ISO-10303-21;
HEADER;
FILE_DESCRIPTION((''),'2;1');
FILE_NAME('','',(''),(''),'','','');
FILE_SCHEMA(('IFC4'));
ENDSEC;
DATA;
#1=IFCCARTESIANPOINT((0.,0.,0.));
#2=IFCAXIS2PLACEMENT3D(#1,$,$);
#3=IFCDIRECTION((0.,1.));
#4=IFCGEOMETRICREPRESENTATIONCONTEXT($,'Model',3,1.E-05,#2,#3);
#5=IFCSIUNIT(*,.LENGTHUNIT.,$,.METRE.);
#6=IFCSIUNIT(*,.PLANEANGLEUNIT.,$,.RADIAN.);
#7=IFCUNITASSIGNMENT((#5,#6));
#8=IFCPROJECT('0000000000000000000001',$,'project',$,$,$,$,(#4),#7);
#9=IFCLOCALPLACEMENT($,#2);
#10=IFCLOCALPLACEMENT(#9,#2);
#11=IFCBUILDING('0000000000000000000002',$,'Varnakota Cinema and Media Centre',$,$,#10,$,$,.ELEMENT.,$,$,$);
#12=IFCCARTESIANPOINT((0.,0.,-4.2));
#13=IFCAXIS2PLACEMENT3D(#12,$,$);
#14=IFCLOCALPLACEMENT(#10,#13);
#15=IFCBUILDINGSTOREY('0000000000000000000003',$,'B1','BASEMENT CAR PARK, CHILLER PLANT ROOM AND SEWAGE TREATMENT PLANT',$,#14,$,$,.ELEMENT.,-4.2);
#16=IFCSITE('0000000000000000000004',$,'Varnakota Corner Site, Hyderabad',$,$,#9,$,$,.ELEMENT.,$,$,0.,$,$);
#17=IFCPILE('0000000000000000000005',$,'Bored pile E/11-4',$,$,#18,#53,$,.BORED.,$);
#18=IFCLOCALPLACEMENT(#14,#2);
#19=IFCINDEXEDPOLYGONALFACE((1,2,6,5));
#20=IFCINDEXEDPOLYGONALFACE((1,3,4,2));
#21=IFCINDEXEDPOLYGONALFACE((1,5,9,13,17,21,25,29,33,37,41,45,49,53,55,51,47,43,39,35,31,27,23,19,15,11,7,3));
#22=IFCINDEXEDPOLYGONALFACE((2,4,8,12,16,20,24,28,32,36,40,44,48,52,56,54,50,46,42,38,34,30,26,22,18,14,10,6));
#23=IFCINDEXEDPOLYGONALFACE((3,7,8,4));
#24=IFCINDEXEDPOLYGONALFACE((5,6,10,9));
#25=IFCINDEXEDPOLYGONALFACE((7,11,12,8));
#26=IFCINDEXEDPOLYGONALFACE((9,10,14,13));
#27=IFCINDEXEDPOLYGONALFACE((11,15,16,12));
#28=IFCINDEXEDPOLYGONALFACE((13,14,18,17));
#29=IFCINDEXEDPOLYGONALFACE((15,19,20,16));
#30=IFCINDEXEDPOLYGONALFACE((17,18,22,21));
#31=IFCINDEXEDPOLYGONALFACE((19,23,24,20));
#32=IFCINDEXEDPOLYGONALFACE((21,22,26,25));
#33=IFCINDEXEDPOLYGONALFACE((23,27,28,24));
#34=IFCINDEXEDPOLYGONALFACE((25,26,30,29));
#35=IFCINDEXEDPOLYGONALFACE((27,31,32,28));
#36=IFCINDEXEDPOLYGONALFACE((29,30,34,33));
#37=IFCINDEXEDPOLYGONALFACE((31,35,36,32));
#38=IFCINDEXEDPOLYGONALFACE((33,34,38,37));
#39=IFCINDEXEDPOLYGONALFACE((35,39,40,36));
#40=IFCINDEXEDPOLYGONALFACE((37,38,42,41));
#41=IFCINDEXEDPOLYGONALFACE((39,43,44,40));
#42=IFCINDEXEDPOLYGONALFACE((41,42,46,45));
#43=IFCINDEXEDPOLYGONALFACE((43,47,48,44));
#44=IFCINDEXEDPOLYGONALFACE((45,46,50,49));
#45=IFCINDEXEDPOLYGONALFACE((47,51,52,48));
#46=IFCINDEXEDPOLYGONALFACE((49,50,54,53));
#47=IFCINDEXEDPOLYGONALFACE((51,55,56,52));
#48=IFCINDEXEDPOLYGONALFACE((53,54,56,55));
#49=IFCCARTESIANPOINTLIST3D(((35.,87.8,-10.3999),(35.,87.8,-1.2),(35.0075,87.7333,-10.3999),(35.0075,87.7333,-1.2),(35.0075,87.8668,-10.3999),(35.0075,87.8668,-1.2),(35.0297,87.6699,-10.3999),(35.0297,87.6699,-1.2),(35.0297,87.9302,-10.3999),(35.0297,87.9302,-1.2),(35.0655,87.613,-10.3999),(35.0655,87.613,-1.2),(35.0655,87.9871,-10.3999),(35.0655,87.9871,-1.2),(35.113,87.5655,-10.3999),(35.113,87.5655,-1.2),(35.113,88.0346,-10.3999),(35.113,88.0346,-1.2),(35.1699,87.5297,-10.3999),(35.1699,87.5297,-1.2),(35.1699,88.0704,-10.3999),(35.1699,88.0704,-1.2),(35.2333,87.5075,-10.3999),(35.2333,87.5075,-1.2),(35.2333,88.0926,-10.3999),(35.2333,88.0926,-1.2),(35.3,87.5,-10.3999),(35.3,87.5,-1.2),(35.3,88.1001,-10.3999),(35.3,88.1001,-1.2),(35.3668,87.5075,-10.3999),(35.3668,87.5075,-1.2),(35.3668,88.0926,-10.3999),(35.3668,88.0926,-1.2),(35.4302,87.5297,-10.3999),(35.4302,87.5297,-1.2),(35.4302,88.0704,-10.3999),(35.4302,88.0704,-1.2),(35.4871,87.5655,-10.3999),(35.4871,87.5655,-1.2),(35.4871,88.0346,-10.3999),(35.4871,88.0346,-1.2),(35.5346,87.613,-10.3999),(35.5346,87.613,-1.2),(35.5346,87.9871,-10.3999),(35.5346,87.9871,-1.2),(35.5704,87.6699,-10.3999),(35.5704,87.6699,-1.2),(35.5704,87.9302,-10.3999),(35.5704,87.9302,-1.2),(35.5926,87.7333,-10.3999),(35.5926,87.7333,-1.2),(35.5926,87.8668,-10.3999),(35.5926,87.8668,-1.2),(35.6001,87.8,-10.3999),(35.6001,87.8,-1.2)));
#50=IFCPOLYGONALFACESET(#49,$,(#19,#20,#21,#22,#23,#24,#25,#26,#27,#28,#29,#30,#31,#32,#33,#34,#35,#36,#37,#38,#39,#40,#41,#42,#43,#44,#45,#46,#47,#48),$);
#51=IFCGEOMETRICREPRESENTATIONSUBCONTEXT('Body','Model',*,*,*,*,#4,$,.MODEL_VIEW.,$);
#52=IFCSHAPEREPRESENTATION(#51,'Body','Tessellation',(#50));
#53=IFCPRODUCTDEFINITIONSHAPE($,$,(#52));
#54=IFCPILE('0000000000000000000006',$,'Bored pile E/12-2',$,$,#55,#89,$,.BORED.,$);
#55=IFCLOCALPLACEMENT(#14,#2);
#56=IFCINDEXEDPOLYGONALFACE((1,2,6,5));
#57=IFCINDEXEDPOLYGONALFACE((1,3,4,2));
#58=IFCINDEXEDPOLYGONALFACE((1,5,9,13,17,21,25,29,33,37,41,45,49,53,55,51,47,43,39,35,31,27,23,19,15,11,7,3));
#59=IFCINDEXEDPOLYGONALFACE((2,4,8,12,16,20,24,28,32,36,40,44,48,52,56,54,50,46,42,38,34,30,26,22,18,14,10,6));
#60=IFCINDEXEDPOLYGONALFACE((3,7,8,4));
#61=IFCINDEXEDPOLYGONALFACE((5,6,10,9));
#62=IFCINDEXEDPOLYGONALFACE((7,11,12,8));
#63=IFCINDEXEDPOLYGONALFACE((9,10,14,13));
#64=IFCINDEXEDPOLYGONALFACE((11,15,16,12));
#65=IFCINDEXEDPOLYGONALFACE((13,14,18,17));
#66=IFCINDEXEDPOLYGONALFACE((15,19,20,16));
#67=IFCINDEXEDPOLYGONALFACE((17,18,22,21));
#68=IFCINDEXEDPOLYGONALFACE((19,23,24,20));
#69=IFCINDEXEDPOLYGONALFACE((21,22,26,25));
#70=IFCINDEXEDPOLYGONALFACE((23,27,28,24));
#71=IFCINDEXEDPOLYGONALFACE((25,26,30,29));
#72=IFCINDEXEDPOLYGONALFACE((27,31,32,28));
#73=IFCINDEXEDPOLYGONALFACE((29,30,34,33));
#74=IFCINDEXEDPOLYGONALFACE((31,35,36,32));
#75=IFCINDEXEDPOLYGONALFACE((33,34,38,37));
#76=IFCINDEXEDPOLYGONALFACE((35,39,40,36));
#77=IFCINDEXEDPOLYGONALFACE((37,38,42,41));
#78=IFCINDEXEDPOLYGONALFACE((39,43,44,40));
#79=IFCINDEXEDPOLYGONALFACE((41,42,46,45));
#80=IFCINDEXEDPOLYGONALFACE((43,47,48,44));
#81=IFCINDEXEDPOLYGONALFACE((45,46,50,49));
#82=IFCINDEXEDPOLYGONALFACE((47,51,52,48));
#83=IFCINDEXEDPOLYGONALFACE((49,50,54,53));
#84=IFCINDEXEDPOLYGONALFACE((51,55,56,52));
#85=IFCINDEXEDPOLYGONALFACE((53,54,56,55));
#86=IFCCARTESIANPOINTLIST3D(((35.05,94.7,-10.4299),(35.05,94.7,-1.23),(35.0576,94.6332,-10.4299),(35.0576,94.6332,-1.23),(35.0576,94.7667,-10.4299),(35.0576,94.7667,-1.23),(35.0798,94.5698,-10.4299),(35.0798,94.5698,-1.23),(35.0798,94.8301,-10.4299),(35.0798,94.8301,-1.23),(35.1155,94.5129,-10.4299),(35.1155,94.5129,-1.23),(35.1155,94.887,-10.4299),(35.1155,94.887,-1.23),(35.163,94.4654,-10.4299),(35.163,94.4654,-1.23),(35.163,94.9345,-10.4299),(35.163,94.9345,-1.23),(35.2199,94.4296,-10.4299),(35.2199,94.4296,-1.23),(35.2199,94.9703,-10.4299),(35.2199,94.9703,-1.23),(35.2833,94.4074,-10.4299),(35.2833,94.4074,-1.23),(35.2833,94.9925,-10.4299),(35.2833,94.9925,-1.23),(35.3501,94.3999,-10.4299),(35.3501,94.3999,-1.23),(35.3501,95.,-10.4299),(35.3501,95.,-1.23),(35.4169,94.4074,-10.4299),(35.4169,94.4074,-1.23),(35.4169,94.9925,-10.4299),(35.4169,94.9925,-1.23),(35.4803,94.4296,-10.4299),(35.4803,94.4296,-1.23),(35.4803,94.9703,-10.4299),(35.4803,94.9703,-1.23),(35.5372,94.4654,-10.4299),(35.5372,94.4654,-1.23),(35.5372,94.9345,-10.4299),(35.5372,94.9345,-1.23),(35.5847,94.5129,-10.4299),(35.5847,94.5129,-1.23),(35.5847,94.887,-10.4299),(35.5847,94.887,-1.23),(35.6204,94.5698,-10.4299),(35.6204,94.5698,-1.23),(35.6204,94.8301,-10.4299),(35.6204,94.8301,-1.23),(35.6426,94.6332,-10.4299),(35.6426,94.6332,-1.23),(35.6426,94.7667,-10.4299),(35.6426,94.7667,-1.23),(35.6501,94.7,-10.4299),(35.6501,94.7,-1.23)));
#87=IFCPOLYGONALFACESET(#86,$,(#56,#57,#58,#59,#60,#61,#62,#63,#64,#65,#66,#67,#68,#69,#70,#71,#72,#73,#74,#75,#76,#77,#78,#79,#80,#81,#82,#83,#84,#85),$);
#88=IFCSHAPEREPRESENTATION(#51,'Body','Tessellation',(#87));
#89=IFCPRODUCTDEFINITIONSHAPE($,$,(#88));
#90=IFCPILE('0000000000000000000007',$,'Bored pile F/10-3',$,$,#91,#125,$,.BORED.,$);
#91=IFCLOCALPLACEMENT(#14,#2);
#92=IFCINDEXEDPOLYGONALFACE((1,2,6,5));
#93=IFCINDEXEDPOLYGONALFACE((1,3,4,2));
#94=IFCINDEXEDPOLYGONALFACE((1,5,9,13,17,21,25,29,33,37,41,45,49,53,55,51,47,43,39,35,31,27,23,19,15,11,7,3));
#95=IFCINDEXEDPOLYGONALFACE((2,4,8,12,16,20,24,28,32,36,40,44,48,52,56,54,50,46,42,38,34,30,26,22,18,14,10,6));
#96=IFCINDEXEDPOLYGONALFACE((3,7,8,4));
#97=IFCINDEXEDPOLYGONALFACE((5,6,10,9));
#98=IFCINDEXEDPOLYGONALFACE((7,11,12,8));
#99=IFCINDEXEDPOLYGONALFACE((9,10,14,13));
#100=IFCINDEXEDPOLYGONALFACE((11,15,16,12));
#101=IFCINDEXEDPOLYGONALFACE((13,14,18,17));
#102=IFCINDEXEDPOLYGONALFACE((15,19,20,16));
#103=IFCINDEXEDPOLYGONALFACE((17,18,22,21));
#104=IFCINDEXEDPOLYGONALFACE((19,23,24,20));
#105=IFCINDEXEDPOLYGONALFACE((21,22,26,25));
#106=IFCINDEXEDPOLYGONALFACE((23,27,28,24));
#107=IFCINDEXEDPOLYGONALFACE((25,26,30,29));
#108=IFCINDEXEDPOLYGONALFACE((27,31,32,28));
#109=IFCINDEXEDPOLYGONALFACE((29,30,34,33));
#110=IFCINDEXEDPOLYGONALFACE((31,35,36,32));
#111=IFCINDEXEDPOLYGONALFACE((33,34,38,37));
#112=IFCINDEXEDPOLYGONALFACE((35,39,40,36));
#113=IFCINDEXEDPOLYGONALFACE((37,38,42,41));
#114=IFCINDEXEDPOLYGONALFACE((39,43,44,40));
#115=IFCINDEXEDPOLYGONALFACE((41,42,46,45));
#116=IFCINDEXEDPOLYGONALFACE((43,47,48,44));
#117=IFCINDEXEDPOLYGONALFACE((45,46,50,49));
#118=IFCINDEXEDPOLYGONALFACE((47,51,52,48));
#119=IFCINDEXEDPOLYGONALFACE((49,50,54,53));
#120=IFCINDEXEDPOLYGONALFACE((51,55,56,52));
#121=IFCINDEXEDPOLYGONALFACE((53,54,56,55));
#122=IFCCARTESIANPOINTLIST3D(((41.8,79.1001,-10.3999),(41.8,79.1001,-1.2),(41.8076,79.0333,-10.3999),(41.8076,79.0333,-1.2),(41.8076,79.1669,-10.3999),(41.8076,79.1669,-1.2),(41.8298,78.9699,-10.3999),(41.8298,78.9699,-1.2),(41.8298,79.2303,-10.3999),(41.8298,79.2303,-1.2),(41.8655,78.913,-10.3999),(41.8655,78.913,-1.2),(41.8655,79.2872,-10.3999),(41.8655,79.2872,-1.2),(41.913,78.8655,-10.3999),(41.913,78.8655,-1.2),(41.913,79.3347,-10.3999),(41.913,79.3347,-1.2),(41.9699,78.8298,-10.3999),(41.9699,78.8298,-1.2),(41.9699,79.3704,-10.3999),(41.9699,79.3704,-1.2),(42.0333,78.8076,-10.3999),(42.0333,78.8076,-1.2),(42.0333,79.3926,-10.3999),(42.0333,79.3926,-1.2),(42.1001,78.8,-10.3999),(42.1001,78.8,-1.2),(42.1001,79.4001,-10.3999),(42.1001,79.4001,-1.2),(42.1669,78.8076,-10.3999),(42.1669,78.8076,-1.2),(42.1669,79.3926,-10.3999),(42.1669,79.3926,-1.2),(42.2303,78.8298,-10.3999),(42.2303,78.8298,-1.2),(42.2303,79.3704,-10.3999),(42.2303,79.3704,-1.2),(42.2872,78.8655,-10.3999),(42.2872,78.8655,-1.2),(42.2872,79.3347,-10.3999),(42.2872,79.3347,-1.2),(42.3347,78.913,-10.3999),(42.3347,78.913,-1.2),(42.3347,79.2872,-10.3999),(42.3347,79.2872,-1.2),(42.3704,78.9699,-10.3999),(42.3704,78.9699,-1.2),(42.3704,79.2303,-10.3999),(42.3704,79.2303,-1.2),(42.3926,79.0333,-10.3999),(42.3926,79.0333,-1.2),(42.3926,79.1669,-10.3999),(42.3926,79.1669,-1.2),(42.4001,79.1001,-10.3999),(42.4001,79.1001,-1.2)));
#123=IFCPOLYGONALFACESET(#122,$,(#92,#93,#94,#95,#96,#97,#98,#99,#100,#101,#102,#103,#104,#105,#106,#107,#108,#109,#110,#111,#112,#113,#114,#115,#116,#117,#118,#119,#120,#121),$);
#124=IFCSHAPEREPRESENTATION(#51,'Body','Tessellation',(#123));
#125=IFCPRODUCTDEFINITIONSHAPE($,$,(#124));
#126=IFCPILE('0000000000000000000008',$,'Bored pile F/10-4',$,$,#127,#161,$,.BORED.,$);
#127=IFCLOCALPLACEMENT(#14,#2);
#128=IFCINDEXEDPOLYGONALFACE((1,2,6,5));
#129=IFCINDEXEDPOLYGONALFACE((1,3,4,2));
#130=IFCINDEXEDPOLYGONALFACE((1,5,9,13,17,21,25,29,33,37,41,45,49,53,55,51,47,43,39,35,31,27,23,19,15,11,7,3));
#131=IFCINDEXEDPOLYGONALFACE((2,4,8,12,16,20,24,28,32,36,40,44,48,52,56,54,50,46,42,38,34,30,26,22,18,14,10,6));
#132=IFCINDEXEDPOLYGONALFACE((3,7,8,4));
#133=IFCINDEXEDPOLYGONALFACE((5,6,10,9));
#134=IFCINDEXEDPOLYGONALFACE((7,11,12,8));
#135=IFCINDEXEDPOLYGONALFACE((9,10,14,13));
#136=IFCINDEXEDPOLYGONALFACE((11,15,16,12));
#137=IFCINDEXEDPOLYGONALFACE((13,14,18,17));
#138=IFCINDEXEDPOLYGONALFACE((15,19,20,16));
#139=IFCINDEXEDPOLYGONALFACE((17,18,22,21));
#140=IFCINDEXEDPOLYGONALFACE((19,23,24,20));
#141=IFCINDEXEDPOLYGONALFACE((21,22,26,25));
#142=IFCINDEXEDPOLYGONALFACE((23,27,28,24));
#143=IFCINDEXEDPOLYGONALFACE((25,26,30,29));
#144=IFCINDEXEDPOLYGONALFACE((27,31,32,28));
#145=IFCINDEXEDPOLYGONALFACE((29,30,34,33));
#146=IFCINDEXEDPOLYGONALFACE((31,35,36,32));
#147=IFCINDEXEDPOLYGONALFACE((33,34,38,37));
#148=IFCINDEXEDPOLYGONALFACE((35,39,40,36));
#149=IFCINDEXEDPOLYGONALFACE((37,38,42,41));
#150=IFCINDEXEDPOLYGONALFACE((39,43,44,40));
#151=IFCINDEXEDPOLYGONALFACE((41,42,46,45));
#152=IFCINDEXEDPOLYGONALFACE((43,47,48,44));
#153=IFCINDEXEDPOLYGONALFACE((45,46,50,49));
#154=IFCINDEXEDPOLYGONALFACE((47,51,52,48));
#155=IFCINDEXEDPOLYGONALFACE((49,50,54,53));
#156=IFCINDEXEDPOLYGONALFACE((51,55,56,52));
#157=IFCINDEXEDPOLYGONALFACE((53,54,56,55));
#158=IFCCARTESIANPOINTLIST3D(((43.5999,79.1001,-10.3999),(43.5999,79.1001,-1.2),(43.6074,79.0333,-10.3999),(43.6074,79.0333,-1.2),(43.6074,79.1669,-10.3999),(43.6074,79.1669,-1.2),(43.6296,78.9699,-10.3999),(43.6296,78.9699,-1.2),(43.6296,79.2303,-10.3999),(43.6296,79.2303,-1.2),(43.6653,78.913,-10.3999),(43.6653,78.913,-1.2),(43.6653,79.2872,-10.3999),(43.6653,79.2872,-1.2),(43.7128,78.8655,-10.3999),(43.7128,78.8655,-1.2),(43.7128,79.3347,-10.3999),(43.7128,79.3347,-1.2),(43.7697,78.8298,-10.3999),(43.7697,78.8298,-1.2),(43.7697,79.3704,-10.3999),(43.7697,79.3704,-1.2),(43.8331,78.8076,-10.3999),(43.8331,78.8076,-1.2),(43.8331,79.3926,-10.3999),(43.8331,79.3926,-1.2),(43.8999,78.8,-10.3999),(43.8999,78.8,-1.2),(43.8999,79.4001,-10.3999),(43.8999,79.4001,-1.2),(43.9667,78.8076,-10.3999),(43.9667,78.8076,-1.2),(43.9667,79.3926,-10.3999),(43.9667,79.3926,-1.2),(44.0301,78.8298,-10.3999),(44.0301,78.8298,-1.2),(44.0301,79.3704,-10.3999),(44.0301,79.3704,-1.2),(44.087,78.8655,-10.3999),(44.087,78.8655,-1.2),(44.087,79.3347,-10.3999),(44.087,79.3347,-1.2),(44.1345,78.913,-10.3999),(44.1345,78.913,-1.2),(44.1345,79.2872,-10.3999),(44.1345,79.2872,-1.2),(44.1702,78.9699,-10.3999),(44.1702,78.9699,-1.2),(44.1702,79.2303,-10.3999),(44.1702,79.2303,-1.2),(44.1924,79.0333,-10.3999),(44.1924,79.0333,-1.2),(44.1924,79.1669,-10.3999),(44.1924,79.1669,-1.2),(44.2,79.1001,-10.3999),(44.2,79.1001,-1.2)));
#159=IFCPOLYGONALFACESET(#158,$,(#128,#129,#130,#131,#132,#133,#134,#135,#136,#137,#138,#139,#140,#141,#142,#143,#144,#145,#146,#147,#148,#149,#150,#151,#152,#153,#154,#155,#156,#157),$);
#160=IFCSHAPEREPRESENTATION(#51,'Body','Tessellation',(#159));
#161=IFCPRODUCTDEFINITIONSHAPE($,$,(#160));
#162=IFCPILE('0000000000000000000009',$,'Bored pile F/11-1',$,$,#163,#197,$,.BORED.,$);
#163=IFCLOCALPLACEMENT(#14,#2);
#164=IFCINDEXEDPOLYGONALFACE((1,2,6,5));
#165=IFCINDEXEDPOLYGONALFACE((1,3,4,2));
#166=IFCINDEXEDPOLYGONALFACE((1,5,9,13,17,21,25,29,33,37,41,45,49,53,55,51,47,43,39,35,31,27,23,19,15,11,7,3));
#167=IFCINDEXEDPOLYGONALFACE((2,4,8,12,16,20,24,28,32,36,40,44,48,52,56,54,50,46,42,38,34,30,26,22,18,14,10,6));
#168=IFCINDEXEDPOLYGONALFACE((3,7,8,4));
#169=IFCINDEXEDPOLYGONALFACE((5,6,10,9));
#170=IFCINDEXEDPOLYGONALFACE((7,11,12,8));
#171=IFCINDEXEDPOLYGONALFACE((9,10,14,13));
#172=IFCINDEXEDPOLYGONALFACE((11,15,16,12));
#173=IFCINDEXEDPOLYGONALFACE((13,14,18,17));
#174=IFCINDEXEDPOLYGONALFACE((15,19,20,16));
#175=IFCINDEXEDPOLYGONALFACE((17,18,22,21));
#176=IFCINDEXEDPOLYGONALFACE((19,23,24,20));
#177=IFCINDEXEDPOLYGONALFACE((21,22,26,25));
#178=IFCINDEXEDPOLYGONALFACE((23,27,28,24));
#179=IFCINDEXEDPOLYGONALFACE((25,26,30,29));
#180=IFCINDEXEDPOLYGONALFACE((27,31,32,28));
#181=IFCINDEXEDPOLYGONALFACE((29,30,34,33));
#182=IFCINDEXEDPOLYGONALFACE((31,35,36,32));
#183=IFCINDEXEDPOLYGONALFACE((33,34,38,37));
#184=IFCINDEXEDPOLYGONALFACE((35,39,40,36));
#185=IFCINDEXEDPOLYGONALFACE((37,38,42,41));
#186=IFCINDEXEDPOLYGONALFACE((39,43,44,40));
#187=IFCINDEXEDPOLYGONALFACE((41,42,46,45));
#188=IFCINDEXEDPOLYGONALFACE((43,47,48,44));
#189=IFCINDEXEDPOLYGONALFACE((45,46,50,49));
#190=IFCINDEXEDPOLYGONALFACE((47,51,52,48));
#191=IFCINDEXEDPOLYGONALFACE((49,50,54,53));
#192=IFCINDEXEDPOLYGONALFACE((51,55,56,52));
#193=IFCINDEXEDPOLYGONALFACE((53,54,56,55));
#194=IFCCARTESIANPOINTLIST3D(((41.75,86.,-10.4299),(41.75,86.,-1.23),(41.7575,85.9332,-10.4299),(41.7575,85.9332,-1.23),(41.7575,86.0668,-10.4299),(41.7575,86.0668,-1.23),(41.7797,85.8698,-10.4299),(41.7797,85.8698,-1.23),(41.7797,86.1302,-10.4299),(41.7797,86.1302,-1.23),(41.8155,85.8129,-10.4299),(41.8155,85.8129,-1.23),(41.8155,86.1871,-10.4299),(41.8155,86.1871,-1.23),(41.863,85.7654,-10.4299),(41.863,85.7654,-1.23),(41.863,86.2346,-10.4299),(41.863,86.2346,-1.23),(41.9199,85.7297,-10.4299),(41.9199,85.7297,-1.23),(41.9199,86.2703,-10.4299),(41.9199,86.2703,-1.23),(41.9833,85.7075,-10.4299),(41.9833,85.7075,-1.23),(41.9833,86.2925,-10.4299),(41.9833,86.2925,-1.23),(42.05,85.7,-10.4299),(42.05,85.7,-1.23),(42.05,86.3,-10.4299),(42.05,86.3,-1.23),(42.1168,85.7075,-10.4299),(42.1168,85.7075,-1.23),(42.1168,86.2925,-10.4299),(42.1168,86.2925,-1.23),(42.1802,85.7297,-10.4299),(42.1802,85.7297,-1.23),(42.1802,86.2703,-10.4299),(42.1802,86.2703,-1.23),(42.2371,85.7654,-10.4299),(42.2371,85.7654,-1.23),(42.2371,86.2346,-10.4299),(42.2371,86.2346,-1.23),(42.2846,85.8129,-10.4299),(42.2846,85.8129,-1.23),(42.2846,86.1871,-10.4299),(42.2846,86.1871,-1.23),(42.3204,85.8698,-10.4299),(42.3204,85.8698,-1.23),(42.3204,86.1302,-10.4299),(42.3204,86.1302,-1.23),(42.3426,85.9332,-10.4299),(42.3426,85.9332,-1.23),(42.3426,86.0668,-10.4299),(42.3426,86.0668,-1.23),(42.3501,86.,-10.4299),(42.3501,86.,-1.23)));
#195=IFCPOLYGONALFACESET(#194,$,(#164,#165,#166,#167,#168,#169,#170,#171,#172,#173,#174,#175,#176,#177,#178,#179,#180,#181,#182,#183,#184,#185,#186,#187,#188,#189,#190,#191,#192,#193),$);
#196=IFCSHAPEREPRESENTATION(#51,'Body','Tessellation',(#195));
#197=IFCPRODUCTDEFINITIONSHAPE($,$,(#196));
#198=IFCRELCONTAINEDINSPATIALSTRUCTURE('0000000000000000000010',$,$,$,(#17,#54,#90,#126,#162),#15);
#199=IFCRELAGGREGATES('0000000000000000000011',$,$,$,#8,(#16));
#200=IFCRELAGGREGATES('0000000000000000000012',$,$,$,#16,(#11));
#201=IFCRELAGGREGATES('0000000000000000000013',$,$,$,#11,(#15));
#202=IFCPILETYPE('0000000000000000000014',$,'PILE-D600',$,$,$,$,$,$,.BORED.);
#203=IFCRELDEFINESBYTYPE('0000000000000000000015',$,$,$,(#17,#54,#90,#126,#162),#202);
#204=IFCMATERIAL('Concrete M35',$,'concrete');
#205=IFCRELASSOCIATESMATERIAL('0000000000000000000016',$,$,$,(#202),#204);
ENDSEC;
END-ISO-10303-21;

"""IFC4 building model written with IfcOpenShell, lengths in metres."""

from ifc_helpers import new_model, si_unit, direction, frame, origin, origin_2d, place, context, subcontext, project, spatial, circle, extrude, material, material_profile, profile_set, type_object, element, save


model = new_model("IFC4")

# Units and contexts
model_context = context("Model", 3, precision=1e-05, world=origin(), true_north=direction((0.0, 1.0)))
body_context = subcontext(model_context, "Body", "Model", "MODEL_VIEW")
ifc_project = project(units=[si_unit("LENGTHUNIT", "METRE"), si_unit("PLANEANGLEUNIT", "RADIAN")], contexts=[model_context])

# Site, building, storey
site_placement = place(None, origin())
site = spatial("IfcSite", under=ifc_project, at=site_placement, Name="Varnakota Corner Site, Hyderabad", CompositionType="ELEMENT", RefElevation=0.0)
building_placement = place(site_placement, origin())
building = spatial("IfcBuilding", under=site, at=building_placement, Name="Varnakota Cinema and Media Centre", CompositionType="ELEMENT")
storey_placement = place(building_placement, frame((0.0, 0.0, -4.2)))
storey = spatial("IfcBuildingStorey", under=building, at=storey_placement, Name="B1", Description="BASEMENT CAR PARK, CHILLER PLANT ROOM AND SEWAGE TREATMENT PLANT", CompositionType="ELEMENT", Elevation=-4.2)

# Piles
ifc_material_1 = material(Name="Concrete M35", Category="concrete")
ifc_material_profile_1 = material_profile(ifc_material_1, circle(Radius=0.3, at=origin_2d()), Name="PILE D600")
ifc_profile_set_1 = profile_set([ifc_material_profile_1], Name="Concrete M35")
pile_type = type_object("IfcPileType", Name="PILE-D600", PredefinedType="BORED", material=ifc_profile_set_1)
for number, where, z_axis, x_axis, name in (
    (1, (35.3, 87.8, -1.2), (0.0, 0.0, -1.0), (1.0, 0.0, 0.0), "Bored pile E/11-4"),
    (2, (35.3501, 94.7, -1.23), (0.0, 0.0, -1.0), (1.0, 0.0, 0.0), "Bored pile E/12-2"),
    (3, (42.1001, 79.1001, -1.2), (0.0, 0.0, -1.0), (1.0, 0.0, 0.0), "Bored pile F/10-3"),
    (4, (43.8999, 79.1001, -1.2), (0.0, 0.0, -1.0), (1.0, 0.0, 0.0), "Bored pile F/10-4"),
    (5, (42.05, 86.0, -1.23), (0.0, 0.0, -1.0), (1.0, 0.0, 0.0), "Bored pile F/11-1"),
):
    element("IfcPile", number, at=place(storey_placement, frame(where, z_axis=z_axis, x_axis=x_axis)), inside=storey, type_object=pile_type, Name=name, PredefinedType="BORED", context=body_context, shape_type="SweptSolid", body=[
        extrude(circle(Radius=0.3, at=origin_2d()), origin(), (0.0, 0.0, 1.0), 9.2),
    ])

save(model, "model.ifc")
